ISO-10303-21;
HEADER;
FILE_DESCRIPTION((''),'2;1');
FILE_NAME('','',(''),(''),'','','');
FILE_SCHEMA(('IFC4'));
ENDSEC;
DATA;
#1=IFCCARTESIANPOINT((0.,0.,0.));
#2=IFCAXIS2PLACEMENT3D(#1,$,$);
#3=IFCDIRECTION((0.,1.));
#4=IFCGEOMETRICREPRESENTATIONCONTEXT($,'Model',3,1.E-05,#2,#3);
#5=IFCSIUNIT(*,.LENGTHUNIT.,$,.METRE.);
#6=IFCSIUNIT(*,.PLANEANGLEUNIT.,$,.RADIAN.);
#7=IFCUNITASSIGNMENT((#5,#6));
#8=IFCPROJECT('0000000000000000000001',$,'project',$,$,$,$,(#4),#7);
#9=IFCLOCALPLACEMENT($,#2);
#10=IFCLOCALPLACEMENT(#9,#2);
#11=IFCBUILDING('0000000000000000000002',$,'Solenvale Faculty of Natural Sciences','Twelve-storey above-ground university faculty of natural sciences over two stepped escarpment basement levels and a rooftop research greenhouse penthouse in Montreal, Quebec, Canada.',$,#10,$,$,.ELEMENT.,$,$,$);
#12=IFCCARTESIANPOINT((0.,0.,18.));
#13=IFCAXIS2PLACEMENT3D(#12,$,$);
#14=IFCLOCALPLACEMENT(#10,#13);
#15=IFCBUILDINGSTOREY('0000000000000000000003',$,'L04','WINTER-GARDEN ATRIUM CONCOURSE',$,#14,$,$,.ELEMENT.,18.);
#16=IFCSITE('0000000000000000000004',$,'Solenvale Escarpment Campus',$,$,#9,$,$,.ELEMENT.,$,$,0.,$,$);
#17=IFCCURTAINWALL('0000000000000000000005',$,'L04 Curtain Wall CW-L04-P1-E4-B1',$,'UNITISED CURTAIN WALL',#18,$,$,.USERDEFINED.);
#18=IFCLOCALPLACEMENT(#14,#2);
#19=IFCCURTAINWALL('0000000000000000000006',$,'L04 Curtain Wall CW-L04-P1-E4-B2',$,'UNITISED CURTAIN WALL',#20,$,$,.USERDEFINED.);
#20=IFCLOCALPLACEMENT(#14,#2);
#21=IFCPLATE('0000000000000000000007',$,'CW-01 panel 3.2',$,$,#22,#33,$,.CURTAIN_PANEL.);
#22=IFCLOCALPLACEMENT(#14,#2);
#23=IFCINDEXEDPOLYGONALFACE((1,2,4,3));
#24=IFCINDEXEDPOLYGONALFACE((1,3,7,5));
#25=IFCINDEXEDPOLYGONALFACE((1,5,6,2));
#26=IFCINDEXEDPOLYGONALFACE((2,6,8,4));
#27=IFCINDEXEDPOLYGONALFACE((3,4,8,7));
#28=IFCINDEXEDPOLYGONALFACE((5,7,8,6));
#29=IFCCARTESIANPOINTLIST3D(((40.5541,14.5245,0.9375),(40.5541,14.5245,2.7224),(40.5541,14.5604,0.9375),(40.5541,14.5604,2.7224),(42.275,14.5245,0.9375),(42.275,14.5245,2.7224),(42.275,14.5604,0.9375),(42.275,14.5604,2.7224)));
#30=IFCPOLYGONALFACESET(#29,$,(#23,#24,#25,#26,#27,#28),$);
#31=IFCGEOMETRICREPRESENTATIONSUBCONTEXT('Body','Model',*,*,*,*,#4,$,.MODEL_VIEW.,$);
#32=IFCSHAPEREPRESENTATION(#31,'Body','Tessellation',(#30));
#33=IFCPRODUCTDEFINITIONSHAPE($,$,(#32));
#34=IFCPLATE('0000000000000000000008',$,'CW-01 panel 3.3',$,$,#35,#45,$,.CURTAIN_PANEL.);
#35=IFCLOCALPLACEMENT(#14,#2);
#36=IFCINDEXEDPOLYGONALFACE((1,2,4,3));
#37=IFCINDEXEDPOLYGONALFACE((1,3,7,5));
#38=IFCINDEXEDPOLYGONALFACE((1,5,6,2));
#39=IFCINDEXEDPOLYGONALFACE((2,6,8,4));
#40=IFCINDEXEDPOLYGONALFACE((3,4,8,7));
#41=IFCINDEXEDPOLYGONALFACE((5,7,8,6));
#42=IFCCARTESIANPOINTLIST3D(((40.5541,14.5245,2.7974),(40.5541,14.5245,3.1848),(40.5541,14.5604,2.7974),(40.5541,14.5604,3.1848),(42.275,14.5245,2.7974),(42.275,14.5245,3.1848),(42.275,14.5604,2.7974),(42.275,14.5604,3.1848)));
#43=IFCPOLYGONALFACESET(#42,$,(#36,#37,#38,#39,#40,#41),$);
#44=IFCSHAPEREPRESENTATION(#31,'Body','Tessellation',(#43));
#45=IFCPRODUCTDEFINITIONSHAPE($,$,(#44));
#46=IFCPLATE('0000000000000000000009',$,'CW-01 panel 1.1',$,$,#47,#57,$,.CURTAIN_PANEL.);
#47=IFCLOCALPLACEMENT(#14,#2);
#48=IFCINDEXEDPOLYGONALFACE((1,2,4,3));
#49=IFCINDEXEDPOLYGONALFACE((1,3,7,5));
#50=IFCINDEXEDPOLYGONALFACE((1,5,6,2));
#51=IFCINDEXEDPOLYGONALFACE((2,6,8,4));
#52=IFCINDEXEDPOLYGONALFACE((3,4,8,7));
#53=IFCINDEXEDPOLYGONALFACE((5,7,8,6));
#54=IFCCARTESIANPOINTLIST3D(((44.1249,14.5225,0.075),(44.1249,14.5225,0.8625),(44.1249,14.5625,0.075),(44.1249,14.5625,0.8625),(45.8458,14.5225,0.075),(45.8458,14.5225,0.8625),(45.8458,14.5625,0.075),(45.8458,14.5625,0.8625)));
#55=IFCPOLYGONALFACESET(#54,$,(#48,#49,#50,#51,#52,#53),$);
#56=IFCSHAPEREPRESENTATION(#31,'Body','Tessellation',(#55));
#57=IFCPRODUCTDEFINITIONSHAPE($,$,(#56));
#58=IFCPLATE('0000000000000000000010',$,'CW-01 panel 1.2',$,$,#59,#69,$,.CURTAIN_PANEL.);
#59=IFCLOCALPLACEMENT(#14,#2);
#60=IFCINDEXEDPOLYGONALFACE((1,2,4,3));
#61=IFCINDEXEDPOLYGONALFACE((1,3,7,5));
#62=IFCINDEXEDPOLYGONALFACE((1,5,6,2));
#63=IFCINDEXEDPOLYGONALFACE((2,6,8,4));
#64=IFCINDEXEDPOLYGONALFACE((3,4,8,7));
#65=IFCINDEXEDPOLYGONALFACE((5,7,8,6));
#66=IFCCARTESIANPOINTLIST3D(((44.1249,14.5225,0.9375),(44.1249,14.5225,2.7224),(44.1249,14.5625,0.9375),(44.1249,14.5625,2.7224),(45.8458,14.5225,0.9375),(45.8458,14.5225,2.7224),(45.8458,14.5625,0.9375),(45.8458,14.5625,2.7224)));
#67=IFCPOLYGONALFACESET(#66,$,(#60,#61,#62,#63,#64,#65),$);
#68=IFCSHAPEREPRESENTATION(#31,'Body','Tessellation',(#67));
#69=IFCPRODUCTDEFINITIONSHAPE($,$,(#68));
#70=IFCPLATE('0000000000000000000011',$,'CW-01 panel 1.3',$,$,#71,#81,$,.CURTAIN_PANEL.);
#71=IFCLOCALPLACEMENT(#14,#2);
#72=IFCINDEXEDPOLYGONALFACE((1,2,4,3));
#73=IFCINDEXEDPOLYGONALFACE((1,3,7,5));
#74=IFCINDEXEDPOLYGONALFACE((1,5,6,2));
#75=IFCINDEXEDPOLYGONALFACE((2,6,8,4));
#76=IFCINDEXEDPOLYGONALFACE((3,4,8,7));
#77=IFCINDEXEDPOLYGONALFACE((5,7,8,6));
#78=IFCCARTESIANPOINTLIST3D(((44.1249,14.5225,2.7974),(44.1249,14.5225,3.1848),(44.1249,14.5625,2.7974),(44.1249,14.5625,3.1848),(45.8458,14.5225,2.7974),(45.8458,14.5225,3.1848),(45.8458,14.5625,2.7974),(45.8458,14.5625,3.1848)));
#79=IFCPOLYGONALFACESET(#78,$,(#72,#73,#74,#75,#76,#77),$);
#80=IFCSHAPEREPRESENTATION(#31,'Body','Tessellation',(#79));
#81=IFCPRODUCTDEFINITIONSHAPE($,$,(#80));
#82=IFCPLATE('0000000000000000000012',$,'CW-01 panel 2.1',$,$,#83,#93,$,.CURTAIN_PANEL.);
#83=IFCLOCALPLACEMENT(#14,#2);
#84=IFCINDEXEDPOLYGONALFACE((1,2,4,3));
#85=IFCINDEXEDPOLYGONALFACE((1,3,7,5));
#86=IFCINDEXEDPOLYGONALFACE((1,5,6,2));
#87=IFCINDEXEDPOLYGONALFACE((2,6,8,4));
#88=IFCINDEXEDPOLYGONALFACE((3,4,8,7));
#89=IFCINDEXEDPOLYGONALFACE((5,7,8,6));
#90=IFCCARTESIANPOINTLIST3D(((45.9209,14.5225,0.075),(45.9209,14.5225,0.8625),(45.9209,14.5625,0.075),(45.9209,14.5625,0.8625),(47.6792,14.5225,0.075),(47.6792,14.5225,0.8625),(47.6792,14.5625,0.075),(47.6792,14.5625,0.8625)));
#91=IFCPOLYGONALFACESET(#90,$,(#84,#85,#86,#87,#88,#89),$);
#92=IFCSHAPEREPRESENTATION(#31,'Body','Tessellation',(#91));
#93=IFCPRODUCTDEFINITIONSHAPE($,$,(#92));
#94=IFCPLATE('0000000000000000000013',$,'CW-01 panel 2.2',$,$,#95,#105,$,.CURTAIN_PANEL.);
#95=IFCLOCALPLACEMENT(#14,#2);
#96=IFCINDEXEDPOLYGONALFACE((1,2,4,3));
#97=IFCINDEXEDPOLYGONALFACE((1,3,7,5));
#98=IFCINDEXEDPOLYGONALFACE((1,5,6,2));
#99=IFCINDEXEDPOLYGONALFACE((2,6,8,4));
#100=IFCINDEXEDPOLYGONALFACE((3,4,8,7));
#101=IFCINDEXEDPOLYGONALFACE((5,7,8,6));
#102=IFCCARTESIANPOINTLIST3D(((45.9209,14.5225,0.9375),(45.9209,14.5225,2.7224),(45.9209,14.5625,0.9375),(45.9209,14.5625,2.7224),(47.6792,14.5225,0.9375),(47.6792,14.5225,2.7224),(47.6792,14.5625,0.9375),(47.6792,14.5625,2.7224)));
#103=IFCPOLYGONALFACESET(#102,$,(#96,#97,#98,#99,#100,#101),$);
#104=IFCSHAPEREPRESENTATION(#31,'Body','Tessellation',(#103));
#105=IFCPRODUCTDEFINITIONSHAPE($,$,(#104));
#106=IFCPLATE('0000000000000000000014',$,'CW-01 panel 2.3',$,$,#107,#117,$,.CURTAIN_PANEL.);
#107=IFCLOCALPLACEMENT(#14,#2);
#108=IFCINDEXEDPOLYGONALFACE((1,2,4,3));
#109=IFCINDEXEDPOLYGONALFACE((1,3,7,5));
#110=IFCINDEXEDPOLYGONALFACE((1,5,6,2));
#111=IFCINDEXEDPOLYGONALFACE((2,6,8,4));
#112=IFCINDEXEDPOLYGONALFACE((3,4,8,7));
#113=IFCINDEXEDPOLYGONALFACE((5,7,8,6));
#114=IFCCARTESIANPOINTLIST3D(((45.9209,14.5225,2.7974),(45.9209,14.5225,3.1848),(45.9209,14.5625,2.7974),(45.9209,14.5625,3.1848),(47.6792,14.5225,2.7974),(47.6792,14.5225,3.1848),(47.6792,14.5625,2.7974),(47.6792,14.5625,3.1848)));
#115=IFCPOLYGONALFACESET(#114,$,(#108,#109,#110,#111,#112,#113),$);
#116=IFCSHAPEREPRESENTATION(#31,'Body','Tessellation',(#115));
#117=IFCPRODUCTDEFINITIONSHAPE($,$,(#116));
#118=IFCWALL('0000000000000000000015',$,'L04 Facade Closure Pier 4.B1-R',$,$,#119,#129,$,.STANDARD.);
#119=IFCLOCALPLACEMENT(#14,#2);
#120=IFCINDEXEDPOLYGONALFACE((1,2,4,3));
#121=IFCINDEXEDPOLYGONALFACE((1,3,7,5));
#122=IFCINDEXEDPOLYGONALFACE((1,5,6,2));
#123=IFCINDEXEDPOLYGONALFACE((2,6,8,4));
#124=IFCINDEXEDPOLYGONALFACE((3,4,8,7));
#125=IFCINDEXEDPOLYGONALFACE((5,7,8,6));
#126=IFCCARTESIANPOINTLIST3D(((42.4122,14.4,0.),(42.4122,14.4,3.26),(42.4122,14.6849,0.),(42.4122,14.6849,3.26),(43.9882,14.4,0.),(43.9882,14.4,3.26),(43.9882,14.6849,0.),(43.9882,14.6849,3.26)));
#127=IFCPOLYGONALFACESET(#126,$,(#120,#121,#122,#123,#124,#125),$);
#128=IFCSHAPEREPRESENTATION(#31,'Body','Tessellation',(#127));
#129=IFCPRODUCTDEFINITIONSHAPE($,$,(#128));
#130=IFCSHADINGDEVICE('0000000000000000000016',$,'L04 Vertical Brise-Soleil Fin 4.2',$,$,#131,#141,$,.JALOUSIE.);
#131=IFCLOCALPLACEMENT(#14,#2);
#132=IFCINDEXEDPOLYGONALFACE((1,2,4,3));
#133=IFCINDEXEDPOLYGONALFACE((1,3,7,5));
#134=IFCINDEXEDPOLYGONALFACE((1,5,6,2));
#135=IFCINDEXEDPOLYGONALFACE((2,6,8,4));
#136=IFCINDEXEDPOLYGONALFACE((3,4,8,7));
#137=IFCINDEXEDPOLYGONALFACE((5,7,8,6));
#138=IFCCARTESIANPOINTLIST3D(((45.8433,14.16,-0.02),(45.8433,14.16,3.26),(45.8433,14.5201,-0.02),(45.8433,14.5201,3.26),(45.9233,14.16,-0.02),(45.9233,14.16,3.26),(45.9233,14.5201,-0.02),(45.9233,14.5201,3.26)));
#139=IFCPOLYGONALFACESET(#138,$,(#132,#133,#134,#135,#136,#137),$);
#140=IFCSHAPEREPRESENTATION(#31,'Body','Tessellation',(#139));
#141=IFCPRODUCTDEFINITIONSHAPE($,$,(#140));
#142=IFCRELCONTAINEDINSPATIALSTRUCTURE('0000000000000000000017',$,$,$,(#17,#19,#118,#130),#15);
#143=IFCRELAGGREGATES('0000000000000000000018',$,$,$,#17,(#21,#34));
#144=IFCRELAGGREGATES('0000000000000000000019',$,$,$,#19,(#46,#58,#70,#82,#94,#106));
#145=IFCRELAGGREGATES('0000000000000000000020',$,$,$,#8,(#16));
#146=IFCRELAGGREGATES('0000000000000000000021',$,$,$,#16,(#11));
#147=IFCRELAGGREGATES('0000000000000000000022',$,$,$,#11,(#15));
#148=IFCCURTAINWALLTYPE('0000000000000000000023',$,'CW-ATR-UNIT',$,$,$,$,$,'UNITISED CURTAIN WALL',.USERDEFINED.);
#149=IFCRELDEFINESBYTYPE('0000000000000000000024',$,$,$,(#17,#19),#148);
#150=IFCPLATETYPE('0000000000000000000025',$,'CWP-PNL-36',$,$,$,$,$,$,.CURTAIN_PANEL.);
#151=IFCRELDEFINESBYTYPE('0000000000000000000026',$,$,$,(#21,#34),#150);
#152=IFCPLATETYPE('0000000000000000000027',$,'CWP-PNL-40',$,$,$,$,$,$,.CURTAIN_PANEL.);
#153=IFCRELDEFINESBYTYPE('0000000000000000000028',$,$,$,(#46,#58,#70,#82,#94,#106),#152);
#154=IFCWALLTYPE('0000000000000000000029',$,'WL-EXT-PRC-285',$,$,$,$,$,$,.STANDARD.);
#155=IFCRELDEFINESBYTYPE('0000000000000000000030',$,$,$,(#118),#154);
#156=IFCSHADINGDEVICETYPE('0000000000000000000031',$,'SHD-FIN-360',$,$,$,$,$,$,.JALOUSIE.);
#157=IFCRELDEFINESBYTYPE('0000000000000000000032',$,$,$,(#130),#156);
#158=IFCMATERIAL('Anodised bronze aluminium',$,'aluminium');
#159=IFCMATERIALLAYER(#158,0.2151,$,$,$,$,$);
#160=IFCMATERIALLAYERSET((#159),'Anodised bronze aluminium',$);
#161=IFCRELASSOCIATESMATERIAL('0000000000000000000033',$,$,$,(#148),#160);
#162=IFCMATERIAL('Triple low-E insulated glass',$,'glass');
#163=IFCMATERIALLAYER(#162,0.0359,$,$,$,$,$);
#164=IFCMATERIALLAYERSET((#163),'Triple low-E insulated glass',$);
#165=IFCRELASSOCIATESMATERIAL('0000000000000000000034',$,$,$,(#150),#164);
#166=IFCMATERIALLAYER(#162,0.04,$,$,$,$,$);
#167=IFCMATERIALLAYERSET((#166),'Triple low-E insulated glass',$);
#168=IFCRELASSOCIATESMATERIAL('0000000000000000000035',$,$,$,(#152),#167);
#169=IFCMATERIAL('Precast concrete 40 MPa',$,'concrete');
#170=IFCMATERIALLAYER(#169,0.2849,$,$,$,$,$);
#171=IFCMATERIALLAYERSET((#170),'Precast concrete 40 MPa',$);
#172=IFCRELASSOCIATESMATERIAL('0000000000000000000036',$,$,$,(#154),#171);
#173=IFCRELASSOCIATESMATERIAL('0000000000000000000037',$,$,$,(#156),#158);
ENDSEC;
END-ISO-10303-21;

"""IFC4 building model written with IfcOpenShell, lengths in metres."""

from ifc_helpers import new_model, si_unit, direction, frame, frame_2d, origin, origin_2d, place, context, subcontext, project, spatial, rectangle, extrude, material, layer, layer_set, material_profile, profile_set, type_object, element, aggregate, save


model = new_model("IFC4")

# Units and contexts
model_context = context("Model", 3, precision=1e-05, world=origin(), true_north=direction((0.0, 1.0)))
body_context = subcontext(model_context, "Body", "Model", "MODEL_VIEW")
ifc_project = project(units=[si_unit("LENGTHUNIT", "METRE"), si_unit("PLANEANGLEUNIT", "RADIAN")], contexts=[model_context])

# Site, building, storey
site_placement = place(None, origin())
site = spatial("IfcSite", under=ifc_project, at=site_placement, Name="Solenvale Escarpment Campus", CompositionType="ELEMENT", RefElevation=0.0)
building_placement = place(site_placement, origin())
building = spatial("IfcBuilding", under=site, at=building_placement, Name="Solenvale Faculty of Natural Sciences", Description="Twelve-storey above-ground university faculty of natural sciences over two stepped escarpment basement levels and a rooftop research greenhouse penthouse in Montreal, Quebec, Canada.", CompositionType="ELEMENT")
storey_placement = place(building_placement, frame((0.0, 0.0, 18.0)))
storey = spatial("IfcBuildingStorey", under=building, at=storey_placement, Name="L04", Description="WINTER-GARDEN ATRIUM CONCOURSE", CompositionType="ELEMENT", Elevation=18.0)

# Curtain wall
ifc_material_1 = material(Name="Anodised bronze aluminium", Category="aluminium")
ifc_layer_1 = layer(ifc_material_1, 0.2151)
ifc_layer_set_1 = layer_set([ifc_layer_1], Name="Anodised bronze aluminium")
curtain_wall_type = type_object("IfcCurtainWallType", Name="CW-ATR-UNIT", ElementType="UNITISED CURTAIN WALL", PredefinedType="USERDEFINED", material=ifc_layer_set_1)
curtain_wall_1_placement = place(storey_placement, origin())
curtain_wall_1 = element("IfcCurtainWall", 1, at=curtain_wall_1_placement, inside=storey, type_object=curtain_wall_type, Name="L04 Curtain Wall CW-L04-P1-E4-B1", ObjectType="UNITISED CURTAIN WALL", PredefinedType="USERDEFINED")

# Curtain wall
curtain_wall_2_placement = place(storey_placement, origin())
curtain_wall_2 = element("IfcCurtainWall", 2, at=curtain_wall_2_placement, inside=storey, type_object=curtain_wall_type, Name="L04 Curtain Wall CW-L04-P1-E4-B2", ObjectType="UNITISED CURTAIN WALL", PredefinedType="USERDEFINED")

# Plates
ifc_material_2 = material(Name="Triple low-E insulated glass", Category="glass")
ifc_layer_2 = layer(ifc_material_2, 0.0359)
ifc_layer_set_2 = layer_set([ifc_layer_2], Name="Triple low-E insulated glass")
plate_type_1 = type_object("IfcPlateType", Name="CWP-PNL-36", PredefinedType="CURTAIN_PANEL", material=ifc_layer_set_2)
plate_1_placement = place(storey_placement, frame((41.4146, 14.5425, 0.9375), z_axis=(0.0, 0.0, 1.0), x_axis=(1.0, 0.0, 0.0)))
plate_1 = element("IfcPlate", 3, at=plate_1_placement, type_object=plate_type_1, Name="CW-01 panel 3.2", PredefinedType="CURTAIN_PANEL", context=body_context, shape_type="SweptSolid", body=[
    extrude(rectangle(XDim=1.7209, YDim=0.0359, at=origin_2d()), origin(), (0.0, 0.0, 1.0), 1.7849),
])
plate_2_placement = place(storey_placement, frame((41.4146, 14.5425, 2.7974), z_axis=(0.0, 0.0, 1.0), x_axis=(1.0, 0.0, 0.0)))
plate_2 = element("IfcPlate", 4, at=plate_2_placement, type_object=plate_type_1, Name="CW-01 panel 3.3", PredefinedType="CURTAIN_PANEL", context=body_context, shape_type="SweptSolid", body=[
    extrude(rectangle(XDim=1.7209, YDim=0.0359, at=origin_2d()), origin(), (0.0, 0.0, 1.0), 0.3875),
])
aggregate(curtain_wall_1, [plate_1, plate_2])
ifc_layer_3 = layer(ifc_material_2, 0.04)
ifc_layer_set_3 = layer_set([ifc_layer_3], Name="Triple low-E insulated glass")
plate_type_2 = type_object("IfcPlateType", Name="CWP-PNL-40", PredefinedType="CURTAIN_PANEL", material=ifc_layer_set_3)
plate_3_placement = place(storey_placement, frame((44.9854, 14.5425, 0.075), z_axis=(0.0, 0.0, 1.0), x_axis=(1.0, 0.0, 0.0)))
plate_3 = element("IfcPlate", 5, at=plate_3_placement, type_object=plate_type_2, Name="CW-01 panel 1.1", PredefinedType="CURTAIN_PANEL", context=body_context, shape_type="SweptSolid", body=[
    extrude(rectangle(XDim=1.7209, YDim=0.04, at=origin_2d()), origin(), (0.0, 0.0, 1.0), 0.7876),
])
plate_4_placement = place(storey_placement, frame((44.9854, 14.5425, 0.9375), z_axis=(0.0, 0.0, 1.0), x_axis=(1.0, 0.0, 0.0)))
plate_4 = element("IfcPlate", 6, at=plate_4_placement, type_object=plate_type_2, Name="CW-01 panel 1.2", PredefinedType="CURTAIN_PANEL", context=body_context, shape_type="SweptSolid", body=[
    extrude(rectangle(XDim=1.7209, YDim=0.04, at=origin_2d()), origin(), (0.0, 0.0, 1.0), 1.7849),
])
plate_5_placement = place(storey_placement, frame((44.9854, 14.5425, 2.7974), z_axis=(0.0, 0.0, 1.0), x_axis=(1.0, 0.0, 0.0)))
plate_5 = element("IfcPlate", 7, at=plate_5_placement, type_object=plate_type_2, Name="CW-01 panel 1.3", PredefinedType="CURTAIN_PANEL", context=body_context, shape_type="SweptSolid", body=[
    extrude(rectangle(XDim=1.7209, YDim=0.04, at=origin_2d()), origin(), (0.0, 0.0, 1.0), 0.3875),
])
plate_6_placement = place(storey_placement, frame((46.8, 14.5425, 0.075), z_axis=(0.0, 0.0, 1.0), x_axis=(1.0, 0.0, 0.0)))
plate_6 = element("IfcPlate", 8, at=plate_6_placement, type_object=plate_type_2, Name="CW-01 panel 2.1", PredefinedType="CURTAIN_PANEL", context=body_context, shape_type="SweptSolid", body=[
    extrude(rectangle(XDim=1.7583, YDim=0.04, at=origin_2d()), origin(), (0.0, 0.0, 1.0), 0.7876),
])
plate_7_placement = place(storey_placement, frame((46.8, 14.5425, 0.9375), z_axis=(0.0, 0.0, 1.0), x_axis=(1.0, 0.0, 0.0)))
plate_7 = element("IfcPlate", 9, at=plate_7_placement, type_object=plate_type_2, Name="CW-01 panel 2.2", PredefinedType="CURTAIN_PANEL", context=body_context, shape_type="SweptSolid", body=[
    extrude(rectangle(XDim=1.7583, YDim=0.04, at=origin_2d()), origin(), (0.0, 0.0, 1.0), 1.7849),
])
plate_8_placement = place(storey_placement, frame((46.8, 14.5425, 2.7974), z_axis=(0.0, 0.0, 1.0), x_axis=(1.0, 0.0, 0.0)))
plate_8 = element("IfcPlate", 10, at=plate_8_placement, type_object=plate_type_2, Name="CW-01 panel 2.3", PredefinedType="CURTAIN_PANEL", context=body_context, shape_type="SweptSolid", body=[
    extrude(rectangle(XDim=1.7583, YDim=0.04, at=origin_2d()), origin(), (0.0, 0.0, 1.0), 0.3875),
])
aggregate(curtain_wall_2, [plate_3, plate_4, plate_5, plate_6, plate_7, plate_8])

# Wall
ifc_material_3 = material(Name="Precast concrete 40 MPa", Category="concrete")
ifc_layer_4 = layer(ifc_material_3, 0.2849)
ifc_layer_set_4 = layer_set([ifc_layer_4], Name="Precast concrete 40 MPa")
wall_type = type_object("IfcWallType", Name="WL-EXT-PRC-285", PredefinedType="STANDARD", material=ifc_layer_set_4)
wall_placement = place(storey_placement, frame((42.4121, 14.5425, 0.0), z_axis=(0.0, 0.0, 1.0), x_axis=(1.0, 0.0, 0.0)))
element("IfcWall", 11, at=wall_placement, inside=storey, type_object=wall_type, Name="L04 Facade Closure Pier 4.B1-R", PredefinedType="STANDARD", context=body_context, shape_type="SweptSolid", body=[
    extrude(rectangle(XDim=1.5759, YDim=0.2849, at=frame_2d((0.7881, 0.0))), origin(), (0.0, 0.0, 1.0), 3.26),
])

# Shading device
ifc_material_profile_1 = material_profile(ifc_material_1, rectangle(XDim=0.0801, YDim=0.3601, at=origin_2d()), Name="ALU-FIN-80x360")
ifc_profile_set_1 = profile_set([ifc_material_profile_1], Name="Anodised bronze aluminium")
shading_device_type = type_object("IfcShadingDeviceType", Name="SHD-FIN-360", PredefinedType="JALOUSIE", material=ifc_profile_set_1)
shading_device_placement = place(storey_placement, frame((45.8833, 14.3401, -0.02), z_axis=(0.0, 0.0, 1.0), x_axis=(1.0, 0.0, 0.0)))
element("IfcShadingDevice", 12, at=shading_device_placement, inside=storey, type_object=shading_device_type, Name="L04 Vertical Brise-Soleil Fin 4.2", PredefinedType="JALOUSIE", context=body_context, shape_type="SweptSolid", body=[
    extrude(rectangle(XDim=0.0801, YDim=0.3601, at=origin_2d()), origin(), (0.0, 0.0, 1.0), 3.28),
])

save(model, "model.ifc")
